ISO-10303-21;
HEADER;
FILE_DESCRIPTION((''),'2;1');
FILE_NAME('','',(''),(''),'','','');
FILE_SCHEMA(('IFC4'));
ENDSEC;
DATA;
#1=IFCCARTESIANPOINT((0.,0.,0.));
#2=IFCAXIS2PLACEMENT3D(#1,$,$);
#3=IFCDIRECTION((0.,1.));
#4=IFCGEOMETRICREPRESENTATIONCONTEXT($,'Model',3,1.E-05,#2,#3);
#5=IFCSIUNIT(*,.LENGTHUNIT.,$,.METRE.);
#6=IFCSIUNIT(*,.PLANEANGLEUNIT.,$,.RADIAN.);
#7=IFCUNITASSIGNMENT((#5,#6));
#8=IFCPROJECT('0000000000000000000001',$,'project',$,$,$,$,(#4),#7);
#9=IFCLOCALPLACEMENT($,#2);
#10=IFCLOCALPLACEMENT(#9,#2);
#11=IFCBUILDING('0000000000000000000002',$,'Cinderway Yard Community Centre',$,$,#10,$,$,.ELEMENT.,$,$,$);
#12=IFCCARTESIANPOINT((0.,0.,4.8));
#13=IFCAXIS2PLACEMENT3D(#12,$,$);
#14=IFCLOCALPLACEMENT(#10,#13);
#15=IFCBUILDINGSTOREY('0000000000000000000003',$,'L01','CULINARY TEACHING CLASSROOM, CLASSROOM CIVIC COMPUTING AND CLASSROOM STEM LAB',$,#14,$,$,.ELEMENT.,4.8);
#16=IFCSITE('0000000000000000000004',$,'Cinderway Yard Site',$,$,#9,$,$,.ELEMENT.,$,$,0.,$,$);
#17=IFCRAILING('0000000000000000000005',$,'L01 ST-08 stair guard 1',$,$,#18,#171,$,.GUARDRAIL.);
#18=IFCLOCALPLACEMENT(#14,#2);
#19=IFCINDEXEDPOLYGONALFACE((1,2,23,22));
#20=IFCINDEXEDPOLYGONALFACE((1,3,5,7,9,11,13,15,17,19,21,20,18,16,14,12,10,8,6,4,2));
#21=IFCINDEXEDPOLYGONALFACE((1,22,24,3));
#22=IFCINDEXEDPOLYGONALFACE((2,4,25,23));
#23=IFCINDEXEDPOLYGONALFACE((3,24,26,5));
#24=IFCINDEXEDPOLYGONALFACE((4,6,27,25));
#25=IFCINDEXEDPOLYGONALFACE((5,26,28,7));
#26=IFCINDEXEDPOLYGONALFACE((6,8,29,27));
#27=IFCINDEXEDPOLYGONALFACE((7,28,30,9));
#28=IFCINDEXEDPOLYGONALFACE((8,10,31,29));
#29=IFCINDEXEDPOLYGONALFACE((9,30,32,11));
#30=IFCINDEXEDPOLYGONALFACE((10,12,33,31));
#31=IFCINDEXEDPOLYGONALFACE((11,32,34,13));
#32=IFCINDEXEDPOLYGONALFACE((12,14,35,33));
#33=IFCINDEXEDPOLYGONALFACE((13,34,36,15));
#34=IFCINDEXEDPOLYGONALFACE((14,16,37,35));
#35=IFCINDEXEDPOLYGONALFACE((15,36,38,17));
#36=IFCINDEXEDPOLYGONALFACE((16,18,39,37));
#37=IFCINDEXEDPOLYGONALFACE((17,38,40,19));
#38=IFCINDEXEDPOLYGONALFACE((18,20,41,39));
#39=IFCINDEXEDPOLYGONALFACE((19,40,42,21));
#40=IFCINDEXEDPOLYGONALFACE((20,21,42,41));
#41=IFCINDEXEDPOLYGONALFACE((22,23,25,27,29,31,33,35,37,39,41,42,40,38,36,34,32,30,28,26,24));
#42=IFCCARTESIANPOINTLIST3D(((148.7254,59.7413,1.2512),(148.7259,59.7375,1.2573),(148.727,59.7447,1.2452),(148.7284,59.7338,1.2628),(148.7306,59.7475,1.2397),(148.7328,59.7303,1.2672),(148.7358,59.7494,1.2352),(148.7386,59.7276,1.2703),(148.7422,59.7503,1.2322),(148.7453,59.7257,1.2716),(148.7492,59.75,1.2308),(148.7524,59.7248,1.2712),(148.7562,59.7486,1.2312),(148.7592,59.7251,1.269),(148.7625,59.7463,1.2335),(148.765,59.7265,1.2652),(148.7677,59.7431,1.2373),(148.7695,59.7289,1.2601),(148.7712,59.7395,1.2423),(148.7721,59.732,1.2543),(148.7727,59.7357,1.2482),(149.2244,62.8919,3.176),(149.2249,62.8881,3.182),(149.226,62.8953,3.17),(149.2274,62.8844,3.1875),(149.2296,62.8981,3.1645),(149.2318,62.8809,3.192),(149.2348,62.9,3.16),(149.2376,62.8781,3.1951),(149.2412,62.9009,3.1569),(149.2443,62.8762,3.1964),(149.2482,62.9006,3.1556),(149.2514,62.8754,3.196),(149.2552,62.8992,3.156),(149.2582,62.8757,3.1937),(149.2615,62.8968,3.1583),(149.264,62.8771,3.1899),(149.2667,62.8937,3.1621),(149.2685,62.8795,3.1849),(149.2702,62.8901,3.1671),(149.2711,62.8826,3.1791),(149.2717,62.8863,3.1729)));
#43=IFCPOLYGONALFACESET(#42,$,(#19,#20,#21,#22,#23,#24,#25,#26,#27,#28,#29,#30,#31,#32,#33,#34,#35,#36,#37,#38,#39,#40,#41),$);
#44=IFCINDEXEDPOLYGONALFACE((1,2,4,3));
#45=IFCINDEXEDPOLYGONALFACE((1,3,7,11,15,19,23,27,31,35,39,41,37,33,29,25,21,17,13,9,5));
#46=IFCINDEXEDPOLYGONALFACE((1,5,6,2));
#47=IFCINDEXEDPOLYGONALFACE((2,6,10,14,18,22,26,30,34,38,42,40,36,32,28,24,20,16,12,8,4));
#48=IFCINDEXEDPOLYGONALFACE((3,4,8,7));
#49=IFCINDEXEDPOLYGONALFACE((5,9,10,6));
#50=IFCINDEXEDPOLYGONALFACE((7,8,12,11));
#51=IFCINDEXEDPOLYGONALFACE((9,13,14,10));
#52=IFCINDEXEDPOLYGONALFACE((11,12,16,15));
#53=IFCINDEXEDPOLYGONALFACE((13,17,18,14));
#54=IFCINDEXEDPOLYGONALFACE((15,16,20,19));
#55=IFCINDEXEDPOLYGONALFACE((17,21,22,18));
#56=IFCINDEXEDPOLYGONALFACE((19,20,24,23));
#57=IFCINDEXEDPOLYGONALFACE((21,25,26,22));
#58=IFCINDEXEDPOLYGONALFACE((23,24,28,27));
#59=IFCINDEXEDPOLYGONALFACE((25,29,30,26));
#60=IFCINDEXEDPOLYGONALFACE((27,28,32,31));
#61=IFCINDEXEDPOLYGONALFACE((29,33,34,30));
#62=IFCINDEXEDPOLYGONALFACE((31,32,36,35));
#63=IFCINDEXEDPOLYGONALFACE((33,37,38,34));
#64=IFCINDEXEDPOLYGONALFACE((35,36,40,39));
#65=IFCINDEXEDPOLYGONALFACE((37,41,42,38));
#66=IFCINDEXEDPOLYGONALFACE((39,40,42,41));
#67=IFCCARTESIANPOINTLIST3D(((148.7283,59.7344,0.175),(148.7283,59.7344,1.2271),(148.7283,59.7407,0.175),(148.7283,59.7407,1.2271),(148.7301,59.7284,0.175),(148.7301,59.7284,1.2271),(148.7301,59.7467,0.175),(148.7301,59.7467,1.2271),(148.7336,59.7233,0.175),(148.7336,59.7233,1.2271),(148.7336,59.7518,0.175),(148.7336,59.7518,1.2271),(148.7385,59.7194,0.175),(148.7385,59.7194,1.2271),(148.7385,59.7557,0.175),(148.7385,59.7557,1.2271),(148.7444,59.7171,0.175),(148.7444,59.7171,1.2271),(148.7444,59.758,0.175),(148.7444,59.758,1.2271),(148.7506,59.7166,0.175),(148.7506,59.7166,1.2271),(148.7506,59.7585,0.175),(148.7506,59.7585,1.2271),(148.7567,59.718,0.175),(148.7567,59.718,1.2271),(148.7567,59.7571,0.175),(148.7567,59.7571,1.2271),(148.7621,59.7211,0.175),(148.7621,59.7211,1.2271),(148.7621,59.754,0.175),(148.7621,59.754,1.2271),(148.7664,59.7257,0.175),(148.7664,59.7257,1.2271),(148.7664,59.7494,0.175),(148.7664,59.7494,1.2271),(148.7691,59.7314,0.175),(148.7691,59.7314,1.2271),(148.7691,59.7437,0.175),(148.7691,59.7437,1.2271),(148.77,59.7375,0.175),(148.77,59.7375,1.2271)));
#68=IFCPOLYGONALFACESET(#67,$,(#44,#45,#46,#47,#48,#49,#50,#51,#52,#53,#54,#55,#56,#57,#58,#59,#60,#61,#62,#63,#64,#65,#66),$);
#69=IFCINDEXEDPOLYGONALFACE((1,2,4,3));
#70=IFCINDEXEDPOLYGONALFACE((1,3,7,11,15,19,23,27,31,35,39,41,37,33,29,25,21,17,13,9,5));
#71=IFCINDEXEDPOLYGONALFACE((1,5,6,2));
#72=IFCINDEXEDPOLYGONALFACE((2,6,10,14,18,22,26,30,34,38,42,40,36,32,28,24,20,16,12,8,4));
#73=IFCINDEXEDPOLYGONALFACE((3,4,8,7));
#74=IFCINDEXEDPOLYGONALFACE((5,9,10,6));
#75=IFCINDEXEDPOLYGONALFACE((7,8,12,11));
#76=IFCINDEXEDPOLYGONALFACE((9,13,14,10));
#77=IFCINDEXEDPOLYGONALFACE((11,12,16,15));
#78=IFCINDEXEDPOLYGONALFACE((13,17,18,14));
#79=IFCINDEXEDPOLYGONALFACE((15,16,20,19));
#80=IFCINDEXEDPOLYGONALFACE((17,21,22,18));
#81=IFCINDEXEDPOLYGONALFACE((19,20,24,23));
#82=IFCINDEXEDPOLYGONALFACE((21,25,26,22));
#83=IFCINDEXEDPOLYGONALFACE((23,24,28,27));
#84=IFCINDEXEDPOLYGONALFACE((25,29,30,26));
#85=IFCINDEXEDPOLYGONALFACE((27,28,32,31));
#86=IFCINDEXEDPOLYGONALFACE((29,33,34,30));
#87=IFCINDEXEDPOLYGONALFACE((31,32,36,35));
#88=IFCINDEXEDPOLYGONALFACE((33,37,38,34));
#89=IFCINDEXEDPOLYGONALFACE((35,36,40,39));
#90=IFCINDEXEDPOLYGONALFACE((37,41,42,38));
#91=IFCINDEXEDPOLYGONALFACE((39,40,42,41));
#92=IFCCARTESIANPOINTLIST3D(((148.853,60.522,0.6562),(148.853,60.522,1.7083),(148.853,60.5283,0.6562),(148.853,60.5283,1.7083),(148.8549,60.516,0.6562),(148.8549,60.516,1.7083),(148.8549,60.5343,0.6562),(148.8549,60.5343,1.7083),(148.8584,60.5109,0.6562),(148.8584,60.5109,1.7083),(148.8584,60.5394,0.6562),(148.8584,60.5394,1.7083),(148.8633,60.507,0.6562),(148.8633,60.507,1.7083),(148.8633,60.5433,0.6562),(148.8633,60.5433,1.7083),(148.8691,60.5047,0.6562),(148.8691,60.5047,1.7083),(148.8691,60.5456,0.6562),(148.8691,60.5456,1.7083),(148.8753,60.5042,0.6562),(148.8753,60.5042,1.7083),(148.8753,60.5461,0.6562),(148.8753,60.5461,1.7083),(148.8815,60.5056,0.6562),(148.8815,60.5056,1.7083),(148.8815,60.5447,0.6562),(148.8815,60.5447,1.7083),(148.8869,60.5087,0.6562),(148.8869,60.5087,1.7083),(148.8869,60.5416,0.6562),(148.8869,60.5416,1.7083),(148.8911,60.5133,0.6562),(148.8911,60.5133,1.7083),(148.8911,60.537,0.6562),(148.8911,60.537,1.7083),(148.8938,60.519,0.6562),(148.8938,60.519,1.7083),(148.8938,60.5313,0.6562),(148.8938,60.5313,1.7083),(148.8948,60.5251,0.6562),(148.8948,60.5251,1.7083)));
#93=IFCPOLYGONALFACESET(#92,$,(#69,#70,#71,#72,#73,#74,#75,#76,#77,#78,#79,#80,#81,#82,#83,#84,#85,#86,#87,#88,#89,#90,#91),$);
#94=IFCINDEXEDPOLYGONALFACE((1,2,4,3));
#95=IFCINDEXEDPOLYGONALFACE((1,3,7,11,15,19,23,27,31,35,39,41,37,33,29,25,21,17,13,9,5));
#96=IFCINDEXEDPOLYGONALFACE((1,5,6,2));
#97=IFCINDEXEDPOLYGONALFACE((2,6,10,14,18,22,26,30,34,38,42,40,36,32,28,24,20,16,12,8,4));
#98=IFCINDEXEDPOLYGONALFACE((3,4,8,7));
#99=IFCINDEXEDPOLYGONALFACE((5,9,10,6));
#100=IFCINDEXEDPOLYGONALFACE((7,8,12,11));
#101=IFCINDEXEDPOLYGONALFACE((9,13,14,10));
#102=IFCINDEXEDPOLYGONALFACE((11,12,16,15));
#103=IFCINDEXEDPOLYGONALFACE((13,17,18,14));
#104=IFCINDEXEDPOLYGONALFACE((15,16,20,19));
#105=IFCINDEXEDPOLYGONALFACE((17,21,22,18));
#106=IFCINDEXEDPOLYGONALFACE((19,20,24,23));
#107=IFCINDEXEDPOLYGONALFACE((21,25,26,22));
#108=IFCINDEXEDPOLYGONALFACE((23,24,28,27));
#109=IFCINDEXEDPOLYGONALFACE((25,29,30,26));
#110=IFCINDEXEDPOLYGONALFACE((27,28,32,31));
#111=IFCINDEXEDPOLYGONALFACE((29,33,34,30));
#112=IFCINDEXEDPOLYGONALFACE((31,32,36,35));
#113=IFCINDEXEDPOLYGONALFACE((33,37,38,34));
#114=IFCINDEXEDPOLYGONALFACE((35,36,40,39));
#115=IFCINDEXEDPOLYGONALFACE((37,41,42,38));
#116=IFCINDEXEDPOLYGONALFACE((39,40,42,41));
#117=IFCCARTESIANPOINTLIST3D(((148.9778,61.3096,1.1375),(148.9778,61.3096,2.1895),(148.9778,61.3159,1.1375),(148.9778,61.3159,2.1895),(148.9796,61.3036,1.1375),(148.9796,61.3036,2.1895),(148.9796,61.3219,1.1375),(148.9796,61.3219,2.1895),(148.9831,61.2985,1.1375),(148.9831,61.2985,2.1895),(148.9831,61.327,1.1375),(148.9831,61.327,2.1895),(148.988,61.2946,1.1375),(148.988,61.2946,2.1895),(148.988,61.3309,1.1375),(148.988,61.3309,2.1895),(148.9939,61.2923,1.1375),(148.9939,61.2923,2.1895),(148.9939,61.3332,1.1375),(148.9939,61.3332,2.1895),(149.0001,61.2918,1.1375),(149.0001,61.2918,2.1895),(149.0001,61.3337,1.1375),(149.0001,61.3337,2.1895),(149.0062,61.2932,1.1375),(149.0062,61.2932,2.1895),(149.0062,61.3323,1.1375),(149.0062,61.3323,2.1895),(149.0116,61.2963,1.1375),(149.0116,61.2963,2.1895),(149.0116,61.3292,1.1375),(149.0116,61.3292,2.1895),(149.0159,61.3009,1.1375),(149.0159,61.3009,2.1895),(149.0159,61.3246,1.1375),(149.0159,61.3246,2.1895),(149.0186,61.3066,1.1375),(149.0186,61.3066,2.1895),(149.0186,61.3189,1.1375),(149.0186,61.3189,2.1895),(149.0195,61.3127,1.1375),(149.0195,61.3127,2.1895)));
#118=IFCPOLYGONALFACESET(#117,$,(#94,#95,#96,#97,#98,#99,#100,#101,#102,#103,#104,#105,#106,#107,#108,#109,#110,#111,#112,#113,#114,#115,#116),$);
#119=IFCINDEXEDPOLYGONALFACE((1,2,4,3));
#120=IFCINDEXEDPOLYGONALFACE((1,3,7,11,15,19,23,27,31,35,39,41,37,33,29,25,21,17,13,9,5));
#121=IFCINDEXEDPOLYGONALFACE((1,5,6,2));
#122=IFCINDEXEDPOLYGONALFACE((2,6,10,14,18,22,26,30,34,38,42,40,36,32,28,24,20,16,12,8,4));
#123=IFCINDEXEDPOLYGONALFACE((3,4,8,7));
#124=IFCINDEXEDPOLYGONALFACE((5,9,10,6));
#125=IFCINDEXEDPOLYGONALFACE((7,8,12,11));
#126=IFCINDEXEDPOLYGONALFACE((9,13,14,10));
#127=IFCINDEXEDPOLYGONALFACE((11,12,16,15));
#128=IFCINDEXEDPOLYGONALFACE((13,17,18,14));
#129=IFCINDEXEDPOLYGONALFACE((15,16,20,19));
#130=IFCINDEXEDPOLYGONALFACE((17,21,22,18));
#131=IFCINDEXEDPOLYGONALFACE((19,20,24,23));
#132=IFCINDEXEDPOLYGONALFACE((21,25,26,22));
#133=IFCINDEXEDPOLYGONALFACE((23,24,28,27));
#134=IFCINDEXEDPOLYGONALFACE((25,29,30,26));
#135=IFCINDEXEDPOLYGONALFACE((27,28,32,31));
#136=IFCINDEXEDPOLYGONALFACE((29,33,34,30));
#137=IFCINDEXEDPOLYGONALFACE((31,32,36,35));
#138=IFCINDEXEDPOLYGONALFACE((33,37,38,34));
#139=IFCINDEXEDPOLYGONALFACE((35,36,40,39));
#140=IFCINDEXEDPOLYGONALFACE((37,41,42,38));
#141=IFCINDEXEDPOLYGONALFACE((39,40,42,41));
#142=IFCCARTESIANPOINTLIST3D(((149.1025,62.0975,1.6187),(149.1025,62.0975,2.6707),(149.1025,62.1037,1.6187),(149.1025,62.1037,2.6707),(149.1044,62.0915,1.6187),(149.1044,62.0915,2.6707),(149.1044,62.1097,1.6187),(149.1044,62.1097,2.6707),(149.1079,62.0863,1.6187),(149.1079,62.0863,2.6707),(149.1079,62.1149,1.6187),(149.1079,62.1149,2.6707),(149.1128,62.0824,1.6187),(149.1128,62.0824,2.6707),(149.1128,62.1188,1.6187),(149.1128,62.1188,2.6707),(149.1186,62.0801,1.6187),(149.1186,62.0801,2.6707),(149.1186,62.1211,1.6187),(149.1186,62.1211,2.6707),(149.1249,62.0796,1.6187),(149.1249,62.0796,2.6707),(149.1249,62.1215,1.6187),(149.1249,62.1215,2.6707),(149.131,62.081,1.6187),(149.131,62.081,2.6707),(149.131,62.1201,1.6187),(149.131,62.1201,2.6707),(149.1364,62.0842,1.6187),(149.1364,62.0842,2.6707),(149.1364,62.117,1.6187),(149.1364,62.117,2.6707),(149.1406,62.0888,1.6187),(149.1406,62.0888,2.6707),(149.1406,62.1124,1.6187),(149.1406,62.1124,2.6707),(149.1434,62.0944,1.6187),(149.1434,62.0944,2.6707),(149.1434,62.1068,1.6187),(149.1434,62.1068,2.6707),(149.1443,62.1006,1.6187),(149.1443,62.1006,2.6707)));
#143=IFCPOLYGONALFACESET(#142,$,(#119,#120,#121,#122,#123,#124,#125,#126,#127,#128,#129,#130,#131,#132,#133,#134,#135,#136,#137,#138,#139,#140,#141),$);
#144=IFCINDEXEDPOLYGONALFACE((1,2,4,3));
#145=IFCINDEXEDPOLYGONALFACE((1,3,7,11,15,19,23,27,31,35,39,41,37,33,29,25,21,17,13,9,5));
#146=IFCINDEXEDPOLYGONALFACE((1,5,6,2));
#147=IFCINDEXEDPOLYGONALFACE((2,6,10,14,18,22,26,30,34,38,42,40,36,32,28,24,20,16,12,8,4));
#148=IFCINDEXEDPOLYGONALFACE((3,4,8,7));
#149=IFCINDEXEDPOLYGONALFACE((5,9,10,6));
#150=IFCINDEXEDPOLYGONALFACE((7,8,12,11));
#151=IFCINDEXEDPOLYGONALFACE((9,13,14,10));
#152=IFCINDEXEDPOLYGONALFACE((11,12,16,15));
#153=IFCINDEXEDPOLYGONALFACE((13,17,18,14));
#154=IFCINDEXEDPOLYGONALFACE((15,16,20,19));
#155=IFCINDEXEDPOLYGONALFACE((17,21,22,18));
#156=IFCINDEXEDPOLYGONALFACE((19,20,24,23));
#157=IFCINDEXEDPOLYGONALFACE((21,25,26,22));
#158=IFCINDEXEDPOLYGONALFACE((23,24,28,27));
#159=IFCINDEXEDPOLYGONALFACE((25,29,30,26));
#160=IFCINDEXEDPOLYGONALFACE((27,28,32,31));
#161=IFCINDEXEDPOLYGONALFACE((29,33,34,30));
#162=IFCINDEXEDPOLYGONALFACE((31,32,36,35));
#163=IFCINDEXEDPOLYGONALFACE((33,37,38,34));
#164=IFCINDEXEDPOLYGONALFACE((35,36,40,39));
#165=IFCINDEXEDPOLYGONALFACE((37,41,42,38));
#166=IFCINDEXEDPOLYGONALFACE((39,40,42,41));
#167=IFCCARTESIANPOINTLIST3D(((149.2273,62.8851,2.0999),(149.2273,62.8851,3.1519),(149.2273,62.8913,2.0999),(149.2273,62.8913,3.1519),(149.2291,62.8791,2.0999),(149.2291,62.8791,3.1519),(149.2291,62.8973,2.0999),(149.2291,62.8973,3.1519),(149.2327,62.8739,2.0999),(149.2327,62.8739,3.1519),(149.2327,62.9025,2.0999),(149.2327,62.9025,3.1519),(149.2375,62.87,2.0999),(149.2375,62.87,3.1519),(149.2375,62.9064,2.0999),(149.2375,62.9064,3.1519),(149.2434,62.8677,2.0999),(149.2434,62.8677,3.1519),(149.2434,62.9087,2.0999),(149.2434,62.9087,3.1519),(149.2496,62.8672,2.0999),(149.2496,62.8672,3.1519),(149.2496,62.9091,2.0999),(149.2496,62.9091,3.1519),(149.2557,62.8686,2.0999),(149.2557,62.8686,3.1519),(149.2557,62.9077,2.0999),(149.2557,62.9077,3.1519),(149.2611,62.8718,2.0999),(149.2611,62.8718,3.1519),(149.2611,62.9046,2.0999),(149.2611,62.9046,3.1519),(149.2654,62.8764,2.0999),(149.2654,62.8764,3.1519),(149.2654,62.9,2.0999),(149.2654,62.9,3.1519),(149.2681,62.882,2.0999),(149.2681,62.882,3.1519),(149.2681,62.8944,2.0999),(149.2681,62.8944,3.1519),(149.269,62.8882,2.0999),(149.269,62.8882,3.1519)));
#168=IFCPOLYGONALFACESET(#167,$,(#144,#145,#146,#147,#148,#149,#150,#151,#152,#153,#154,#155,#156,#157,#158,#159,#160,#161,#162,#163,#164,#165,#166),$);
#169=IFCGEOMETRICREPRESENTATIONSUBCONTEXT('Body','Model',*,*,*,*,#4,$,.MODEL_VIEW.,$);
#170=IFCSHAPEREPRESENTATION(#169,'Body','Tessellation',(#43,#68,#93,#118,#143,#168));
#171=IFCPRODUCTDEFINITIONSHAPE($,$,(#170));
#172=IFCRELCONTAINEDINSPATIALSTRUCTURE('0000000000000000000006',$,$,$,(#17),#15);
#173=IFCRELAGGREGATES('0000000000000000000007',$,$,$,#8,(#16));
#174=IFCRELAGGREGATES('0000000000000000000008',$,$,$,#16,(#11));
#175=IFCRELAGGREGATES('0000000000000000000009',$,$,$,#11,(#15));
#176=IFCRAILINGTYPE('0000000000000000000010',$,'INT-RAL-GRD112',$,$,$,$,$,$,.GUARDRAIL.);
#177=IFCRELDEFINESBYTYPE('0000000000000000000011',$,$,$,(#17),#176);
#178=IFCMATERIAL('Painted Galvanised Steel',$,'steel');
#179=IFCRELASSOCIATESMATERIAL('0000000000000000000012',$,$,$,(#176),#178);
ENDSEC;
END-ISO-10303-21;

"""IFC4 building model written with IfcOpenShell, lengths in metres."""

from ifc_helpers import new_model, si_unit, direction, frame, origin, origin_2d, place, context, subcontext, project, spatial, circle, extrude, material, type_object, element, save


model = new_model("IFC4")

# Units and contexts
model_context = context("Model", 3, precision=1e-05, world=origin(), true_north=direction((0.0, 1.0)))
body_context = subcontext(model_context, "Body", "Model", "MODEL_VIEW")
ifc_project = project(units=[si_unit("LENGTHUNIT", "METRE"), si_unit("PLANEANGLEUNIT", "RADIAN")], contexts=[model_context])

# Site, building, storey
site_placement = place(None, origin())
site = spatial("IfcSite", under=ifc_project, at=site_placement, Name="Cinderway Yard Site", CompositionType="ELEMENT", RefElevation=0.0)
building_placement = place(site_placement, origin())
building = spatial("IfcBuilding", under=site, at=building_placement, Name="Cinderway Yard Community Centre", CompositionType="ELEMENT")
storey_placement = place(building_placement, frame((0.0, 0.0, 4.8)))
storey = spatial("IfcBuildingStorey", under=building, at=storey_placement, Name="L01", Description="CULINARY TEACHING CLASSROOM, CLASSROOM CIVIC COMPUTING AND CLASSROOM STEM LAB", CompositionType="ELEMENT", Elevation=4.8)

# Railing
ifc_material_1 = material(Name="Painted Galvanised Steel", Category="steel")
railing_type_1 = type_object("IfcRailingType", Name="INT-RAL-GRD112", PredefinedType="GUARDRAIL", material=ifc_material_1)
railing_1_placement = place(storey_placement, frame((148.749, 59.7375, 0.175)))
element("IfcRailing", 1, at=railing_1_placement, inside=storey, type_object=railing_type_1, Name="L01 ST-08 stair guard 1", PredefinedType="GUARDRAIL", context=body_context, shape_type="SweptSolid", body=[
    extrude(circle(Radius=0.0239, at=origin_2d()), frame((0.0, 0.0, 1.0762), z_axis=(0.133943, 0.845663, 0.516637), x_axis=(-0.987688, 0.156438, 0.0)), (0.0, 0.0, 1.0), 3.7256),
    extrude(circle(Radius=0.021, at=origin_2d()), origin(), (0.0, 0.0, 1.0), 1.052),
    extrude(circle(Radius=0.021, at=origin_2d()), frame((0.1248, 0.7876, 0.4812)), (0.0, 0.0, 1.0), 1.052),
    extrude(circle(Radius=0.021, at=origin_2d()), frame((0.2495, 1.5752, 0.9624)), (0.0, 0.0, 1.0), 1.052),
    extrude(circle(Radius=0.021, at=origin_2d()), frame((0.3743, 2.363, 1.4436)), (0.0, 0.0, 1.0), 1.052),
    extrude(circle(Radius=0.021, at=origin_2d()), frame((0.499, 3.1506, 1.9248)), (0.0, 0.0, 1.0), 1.052),
])

save(model, "model.ifc")
